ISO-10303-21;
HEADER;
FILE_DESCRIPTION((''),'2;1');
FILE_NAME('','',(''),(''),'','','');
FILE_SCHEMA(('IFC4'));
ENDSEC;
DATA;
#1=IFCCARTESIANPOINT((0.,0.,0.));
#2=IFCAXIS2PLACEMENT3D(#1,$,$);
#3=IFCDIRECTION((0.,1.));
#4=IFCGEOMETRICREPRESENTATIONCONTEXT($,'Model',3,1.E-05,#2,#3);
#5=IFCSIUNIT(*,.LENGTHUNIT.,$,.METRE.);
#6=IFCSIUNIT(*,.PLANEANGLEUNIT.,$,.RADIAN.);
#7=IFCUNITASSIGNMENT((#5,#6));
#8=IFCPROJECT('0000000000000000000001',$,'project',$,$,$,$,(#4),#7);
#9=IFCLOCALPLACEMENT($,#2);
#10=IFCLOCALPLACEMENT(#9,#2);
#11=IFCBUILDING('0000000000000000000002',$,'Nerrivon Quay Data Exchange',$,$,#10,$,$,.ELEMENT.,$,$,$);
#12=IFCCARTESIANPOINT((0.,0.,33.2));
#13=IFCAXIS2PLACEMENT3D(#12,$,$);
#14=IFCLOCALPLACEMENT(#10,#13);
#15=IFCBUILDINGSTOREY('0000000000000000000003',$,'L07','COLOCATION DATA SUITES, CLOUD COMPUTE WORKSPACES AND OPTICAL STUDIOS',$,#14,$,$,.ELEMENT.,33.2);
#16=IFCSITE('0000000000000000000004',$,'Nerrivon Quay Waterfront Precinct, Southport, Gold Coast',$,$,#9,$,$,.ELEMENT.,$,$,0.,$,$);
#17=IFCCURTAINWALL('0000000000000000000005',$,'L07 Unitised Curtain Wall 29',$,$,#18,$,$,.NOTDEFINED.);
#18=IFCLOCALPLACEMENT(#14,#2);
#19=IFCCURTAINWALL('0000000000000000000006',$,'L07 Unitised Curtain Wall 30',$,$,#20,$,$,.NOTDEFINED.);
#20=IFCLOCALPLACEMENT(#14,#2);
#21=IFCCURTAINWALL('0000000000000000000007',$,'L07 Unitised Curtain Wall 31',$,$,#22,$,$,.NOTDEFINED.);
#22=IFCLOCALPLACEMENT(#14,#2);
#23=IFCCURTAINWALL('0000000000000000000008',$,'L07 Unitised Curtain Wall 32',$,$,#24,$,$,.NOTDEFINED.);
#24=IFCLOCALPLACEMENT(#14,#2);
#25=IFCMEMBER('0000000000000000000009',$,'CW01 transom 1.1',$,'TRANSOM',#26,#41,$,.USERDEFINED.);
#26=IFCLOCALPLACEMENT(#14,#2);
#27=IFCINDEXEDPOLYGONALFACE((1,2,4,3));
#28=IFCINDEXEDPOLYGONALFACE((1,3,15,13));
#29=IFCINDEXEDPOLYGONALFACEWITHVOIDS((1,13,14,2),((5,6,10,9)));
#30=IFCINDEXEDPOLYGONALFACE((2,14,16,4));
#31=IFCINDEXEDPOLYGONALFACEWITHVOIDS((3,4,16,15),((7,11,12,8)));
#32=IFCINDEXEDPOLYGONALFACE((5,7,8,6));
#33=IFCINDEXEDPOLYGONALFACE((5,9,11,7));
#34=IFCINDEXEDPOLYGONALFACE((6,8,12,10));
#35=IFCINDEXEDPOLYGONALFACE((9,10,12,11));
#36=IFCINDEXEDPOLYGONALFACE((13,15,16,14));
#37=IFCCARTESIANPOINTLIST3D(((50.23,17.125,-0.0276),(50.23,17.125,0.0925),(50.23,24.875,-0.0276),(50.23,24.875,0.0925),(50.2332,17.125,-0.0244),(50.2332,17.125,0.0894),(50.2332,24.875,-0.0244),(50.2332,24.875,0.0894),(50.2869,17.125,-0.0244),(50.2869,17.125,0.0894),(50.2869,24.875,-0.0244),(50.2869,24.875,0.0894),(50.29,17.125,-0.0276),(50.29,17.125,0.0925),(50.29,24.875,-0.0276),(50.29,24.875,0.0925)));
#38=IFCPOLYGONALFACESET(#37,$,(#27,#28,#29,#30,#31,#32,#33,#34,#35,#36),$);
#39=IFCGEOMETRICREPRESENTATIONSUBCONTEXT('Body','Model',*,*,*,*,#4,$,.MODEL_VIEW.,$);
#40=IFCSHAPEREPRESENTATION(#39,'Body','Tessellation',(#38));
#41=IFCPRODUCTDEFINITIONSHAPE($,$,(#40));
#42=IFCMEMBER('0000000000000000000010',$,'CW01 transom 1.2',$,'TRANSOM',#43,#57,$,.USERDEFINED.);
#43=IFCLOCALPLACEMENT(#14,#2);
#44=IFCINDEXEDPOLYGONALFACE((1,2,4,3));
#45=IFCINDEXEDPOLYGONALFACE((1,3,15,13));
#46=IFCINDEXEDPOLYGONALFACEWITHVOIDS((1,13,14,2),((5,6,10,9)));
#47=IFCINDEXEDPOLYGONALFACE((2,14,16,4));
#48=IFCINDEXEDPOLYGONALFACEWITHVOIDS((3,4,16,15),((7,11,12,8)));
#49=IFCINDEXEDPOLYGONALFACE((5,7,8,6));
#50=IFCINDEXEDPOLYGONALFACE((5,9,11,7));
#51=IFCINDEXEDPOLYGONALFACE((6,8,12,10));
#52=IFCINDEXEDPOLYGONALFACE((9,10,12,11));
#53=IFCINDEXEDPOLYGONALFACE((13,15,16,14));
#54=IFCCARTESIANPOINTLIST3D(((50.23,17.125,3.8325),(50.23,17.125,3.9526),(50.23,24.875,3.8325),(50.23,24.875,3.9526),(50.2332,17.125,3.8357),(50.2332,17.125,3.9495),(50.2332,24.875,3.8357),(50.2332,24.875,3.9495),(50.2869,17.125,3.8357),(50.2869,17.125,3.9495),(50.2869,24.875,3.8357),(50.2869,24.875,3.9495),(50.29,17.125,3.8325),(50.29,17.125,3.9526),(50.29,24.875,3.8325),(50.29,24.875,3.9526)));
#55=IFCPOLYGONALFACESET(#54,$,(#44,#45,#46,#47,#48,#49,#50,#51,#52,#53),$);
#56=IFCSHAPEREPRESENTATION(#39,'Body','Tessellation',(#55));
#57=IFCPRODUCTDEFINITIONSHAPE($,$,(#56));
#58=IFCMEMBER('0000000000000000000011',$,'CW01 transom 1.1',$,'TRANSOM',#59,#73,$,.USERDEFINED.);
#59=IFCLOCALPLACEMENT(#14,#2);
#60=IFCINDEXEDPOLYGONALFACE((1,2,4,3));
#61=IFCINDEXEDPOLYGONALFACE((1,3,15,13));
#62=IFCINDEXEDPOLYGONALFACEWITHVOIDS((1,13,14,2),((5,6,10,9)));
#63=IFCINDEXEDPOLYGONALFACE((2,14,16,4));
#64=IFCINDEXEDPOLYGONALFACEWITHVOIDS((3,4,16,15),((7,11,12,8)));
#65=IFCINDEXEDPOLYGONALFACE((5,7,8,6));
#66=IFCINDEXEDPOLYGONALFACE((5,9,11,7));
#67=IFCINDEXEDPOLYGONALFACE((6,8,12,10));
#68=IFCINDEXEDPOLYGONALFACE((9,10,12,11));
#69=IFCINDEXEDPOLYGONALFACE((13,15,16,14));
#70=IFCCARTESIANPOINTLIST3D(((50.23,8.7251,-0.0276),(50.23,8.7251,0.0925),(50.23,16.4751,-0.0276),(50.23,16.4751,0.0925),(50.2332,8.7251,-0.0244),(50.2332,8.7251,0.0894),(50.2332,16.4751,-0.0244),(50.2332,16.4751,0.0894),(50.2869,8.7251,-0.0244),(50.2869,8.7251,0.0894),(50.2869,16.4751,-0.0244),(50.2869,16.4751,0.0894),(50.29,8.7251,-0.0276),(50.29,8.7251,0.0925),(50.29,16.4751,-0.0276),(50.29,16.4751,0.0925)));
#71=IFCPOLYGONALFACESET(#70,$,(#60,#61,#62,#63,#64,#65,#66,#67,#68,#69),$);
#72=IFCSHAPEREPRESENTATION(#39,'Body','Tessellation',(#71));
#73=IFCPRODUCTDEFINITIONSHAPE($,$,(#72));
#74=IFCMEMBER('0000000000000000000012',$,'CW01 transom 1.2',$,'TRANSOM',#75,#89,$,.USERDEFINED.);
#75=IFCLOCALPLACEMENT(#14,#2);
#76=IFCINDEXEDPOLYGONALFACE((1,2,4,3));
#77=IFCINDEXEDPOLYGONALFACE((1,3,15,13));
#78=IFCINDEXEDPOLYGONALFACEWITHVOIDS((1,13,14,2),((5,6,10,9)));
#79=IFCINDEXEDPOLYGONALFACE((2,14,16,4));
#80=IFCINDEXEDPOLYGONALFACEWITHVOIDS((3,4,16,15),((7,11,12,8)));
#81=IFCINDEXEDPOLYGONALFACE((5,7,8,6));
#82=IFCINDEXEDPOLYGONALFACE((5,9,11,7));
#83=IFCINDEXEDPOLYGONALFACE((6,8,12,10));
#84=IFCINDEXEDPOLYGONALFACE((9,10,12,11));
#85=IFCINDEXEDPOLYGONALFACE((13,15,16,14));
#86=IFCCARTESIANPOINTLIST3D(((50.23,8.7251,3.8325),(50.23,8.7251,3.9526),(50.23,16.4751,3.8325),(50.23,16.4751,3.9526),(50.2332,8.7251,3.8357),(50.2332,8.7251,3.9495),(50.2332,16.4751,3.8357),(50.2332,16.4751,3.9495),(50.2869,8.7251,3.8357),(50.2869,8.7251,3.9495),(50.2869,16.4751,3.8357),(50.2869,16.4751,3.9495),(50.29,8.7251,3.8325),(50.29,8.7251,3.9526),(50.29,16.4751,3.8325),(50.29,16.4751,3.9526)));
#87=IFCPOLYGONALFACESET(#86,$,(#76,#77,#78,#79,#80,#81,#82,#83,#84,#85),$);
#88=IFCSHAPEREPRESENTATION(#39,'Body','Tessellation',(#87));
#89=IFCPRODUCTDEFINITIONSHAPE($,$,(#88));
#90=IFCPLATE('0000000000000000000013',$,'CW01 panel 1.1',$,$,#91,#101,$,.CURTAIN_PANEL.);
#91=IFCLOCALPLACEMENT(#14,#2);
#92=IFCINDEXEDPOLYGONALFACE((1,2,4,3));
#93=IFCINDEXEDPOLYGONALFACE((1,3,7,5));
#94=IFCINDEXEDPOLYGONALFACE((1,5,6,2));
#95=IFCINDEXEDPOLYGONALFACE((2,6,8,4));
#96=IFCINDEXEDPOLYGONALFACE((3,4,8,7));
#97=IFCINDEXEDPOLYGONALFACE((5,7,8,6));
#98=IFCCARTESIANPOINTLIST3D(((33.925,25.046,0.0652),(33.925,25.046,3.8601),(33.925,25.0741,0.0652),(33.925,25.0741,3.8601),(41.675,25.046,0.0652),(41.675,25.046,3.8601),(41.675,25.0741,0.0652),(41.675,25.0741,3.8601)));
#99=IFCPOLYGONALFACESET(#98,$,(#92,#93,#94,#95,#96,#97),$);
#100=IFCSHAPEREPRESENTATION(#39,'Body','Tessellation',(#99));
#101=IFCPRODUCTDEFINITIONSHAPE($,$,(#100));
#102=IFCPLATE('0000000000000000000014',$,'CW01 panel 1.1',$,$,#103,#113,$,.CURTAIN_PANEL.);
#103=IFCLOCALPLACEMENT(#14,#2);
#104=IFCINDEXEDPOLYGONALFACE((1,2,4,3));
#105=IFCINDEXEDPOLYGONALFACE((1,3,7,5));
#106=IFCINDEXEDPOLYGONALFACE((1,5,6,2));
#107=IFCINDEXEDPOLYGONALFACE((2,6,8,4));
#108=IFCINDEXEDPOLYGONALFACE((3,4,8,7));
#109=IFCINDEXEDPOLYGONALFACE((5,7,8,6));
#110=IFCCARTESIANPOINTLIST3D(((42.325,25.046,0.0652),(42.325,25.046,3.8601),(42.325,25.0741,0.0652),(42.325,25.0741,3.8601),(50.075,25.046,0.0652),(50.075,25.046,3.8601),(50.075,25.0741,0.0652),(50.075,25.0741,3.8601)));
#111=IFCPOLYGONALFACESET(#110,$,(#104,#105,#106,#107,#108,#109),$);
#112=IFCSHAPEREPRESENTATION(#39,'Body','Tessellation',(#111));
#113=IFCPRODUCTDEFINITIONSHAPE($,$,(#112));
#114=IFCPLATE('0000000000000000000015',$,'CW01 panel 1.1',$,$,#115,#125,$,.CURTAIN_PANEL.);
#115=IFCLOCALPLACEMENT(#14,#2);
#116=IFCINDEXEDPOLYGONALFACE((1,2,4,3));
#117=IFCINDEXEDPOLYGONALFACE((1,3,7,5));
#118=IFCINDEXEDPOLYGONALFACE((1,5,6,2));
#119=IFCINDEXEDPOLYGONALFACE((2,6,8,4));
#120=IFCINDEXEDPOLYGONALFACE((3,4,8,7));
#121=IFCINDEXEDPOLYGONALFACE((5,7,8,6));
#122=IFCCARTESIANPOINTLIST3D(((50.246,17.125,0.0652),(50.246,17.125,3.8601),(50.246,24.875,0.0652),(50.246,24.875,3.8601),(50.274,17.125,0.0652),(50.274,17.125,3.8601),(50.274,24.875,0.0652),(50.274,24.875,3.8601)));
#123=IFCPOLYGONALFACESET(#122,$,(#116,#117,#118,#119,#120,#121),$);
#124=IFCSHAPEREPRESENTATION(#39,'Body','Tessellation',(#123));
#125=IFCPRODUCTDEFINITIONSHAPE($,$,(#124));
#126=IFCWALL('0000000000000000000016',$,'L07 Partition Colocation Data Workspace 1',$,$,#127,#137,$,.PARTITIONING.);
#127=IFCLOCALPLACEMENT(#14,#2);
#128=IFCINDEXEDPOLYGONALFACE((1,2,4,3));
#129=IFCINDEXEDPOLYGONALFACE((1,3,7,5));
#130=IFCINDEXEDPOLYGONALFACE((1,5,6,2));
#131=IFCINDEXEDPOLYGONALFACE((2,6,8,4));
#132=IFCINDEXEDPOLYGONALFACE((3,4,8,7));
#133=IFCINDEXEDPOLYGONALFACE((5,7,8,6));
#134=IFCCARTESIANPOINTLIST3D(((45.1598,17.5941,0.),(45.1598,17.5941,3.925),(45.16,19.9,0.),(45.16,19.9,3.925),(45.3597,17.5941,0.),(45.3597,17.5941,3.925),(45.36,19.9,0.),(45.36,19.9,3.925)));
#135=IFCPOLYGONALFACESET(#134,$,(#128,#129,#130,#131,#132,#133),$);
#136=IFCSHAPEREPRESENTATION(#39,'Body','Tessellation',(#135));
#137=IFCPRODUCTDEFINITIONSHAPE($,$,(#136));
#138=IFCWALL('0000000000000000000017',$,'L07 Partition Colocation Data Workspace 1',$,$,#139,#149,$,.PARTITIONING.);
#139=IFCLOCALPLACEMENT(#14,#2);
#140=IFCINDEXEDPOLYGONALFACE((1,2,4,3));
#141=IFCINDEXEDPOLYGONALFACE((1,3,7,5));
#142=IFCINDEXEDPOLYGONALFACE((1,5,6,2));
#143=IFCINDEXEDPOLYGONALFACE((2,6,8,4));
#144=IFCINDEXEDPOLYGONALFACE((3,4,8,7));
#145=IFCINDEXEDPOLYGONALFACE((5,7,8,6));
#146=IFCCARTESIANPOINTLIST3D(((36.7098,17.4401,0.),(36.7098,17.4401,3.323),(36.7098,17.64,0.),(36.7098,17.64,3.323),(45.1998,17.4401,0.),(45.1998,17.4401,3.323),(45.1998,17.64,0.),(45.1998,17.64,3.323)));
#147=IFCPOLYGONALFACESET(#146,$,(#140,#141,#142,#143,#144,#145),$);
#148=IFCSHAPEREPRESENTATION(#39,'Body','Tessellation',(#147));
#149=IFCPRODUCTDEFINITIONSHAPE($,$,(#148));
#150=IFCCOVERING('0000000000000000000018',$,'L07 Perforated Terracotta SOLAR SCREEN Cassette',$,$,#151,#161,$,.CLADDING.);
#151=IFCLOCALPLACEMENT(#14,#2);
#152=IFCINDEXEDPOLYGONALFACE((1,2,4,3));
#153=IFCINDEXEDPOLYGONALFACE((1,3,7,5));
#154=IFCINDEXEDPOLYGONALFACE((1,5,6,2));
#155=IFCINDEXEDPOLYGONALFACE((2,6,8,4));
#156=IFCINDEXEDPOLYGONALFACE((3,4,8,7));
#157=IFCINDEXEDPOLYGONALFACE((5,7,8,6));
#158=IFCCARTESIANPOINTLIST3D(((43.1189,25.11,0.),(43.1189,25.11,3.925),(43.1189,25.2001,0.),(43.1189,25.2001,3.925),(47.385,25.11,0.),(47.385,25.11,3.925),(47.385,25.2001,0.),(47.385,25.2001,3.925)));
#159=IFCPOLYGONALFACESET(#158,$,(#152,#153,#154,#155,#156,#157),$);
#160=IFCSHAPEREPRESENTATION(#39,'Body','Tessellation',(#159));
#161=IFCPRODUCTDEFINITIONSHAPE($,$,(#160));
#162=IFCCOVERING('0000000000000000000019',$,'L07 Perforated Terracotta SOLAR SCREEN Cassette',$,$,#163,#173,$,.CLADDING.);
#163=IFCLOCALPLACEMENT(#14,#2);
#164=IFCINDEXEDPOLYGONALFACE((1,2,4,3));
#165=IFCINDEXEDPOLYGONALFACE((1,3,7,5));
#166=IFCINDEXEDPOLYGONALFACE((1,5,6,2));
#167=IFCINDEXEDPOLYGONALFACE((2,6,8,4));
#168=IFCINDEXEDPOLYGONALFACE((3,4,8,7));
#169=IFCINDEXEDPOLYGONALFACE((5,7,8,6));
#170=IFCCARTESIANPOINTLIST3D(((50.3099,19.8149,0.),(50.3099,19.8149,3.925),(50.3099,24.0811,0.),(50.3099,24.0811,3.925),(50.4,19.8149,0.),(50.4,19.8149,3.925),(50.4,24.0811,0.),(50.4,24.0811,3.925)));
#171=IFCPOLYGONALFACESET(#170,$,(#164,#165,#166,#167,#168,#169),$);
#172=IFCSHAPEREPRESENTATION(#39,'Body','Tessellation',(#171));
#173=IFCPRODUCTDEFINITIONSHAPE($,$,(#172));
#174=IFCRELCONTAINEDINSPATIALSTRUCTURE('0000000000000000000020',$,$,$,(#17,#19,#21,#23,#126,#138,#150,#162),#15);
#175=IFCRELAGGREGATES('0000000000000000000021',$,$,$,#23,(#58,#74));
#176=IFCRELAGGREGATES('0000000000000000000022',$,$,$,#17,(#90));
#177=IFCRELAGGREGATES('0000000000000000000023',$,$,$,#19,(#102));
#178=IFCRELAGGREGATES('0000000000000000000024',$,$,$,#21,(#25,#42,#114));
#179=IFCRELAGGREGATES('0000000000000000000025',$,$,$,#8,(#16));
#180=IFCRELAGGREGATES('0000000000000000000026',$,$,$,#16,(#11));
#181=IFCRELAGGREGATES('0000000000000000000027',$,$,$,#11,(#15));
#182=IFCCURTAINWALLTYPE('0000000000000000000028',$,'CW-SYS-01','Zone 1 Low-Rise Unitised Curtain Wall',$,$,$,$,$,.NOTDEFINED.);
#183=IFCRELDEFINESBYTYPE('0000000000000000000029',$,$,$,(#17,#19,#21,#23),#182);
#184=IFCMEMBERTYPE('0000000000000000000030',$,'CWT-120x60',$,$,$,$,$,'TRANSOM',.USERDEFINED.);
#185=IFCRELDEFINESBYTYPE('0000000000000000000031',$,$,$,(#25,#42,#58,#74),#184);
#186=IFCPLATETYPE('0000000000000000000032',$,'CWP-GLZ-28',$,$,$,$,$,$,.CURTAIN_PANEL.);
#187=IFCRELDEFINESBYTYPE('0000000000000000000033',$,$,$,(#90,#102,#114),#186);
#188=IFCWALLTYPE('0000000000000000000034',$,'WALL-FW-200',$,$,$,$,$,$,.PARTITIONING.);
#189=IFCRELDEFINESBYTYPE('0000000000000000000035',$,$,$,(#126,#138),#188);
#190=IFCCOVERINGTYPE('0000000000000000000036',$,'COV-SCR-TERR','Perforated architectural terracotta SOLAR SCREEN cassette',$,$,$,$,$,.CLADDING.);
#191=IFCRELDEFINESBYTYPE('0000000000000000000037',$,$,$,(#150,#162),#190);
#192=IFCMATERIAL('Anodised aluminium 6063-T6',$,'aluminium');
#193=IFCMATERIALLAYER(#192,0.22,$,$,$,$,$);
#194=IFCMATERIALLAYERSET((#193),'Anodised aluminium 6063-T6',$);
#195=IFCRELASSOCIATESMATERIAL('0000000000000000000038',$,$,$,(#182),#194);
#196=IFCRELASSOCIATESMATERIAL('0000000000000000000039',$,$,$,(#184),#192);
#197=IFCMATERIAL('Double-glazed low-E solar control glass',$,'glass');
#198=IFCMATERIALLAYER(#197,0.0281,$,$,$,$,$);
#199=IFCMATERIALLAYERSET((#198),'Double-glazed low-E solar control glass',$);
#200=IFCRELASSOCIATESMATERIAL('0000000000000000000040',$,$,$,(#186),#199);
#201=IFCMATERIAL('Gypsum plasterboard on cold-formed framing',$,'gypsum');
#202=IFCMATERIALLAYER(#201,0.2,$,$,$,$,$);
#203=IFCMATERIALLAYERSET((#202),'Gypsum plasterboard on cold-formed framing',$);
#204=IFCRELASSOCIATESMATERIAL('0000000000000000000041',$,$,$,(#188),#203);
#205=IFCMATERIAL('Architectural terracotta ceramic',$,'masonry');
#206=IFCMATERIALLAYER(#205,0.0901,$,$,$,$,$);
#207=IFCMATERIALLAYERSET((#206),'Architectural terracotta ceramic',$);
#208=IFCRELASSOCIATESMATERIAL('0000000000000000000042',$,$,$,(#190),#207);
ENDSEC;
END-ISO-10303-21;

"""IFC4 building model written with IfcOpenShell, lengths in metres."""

from ifc_helpers import new_model, si_unit, direction, frame, frame_2d, origin, origin_2d, place, context, subcontext, project, spatial, rectangle, hollow_rectangle, extrude, material, layer, layer_set, material_profile, profile_set, type_object, element, aggregate, save


model = new_model("IFC4")

# Units and contexts
model_context = context("Model", 3, precision=1e-05, world=origin(), true_north=direction((0.0, 1.0)))
body_context = subcontext(model_context, "Body", "Model", "MODEL_VIEW")
ifc_project = project(units=[si_unit("LENGTHUNIT", "METRE"), si_unit("PLANEANGLEUNIT", "RADIAN")], contexts=[model_context])

# Site, building, storey
site_placement = place(None, origin())
site = spatial("IfcSite", under=ifc_project, at=site_placement, Name="Nerrivon Quay Waterfront Precinct, Southport, Gold Coast", CompositionType="ELEMENT", RefElevation=0.0)
building_placement = place(site_placement, origin())
building = spatial("IfcBuilding", under=site, at=building_placement, Name="Nerrivon Quay Data Exchange", CompositionType="ELEMENT")
storey_placement = place(building_placement, frame((0.0, 0.0, 33.2)))
storey = spatial("IfcBuildingStorey", under=building, at=storey_placement, Name="L07", Description="COLOCATION DATA SUITES, CLOUD COMPUTE WORKSPACES AND OPTICAL STUDIOS", CompositionType="ELEMENT", Elevation=33.2)

# Curtain wall
ifc_material_1 = material(Name="Anodised aluminium 6063-T6", Category="aluminium")
ifc_layer_1 = layer(ifc_material_1, 0.22)
ifc_layer_set_1 = layer_set([ifc_layer_1], Name="Anodised aluminium 6063-T6")
curtain_wall_type = type_object("IfcCurtainWallType", Name="CW-SYS-01", Description="Zone 1 Low-Rise Unitised Curtain Wall", PredefinedType="NOTDEFINED", material=ifc_layer_set_1)
curtain_wall_1_placement = place(storey_placement, origin())
curtain_wall_1 = element("IfcCurtainWall", 1, at=curtain_wall_1_placement, inside=storey, type_object=curtain_wall_type, Name="L07 Unitised Curtain Wall 29", PredefinedType="NOTDEFINED")

# Curtain walls
curtain_wall_2_placement = place(storey_placement, origin())
curtain_wall_2 = element("IfcCurtainWall", 2, at=curtain_wall_2_placement, inside=storey, type_object=curtain_wall_type, Name="L07 Unitised Curtain Wall 30", PredefinedType="NOTDEFINED")
curtain_wall_3_placement = place(storey_placement, origin())
curtain_wall_3 = element("IfcCurtainWall", 3, at=curtain_wall_3_placement, inside=storey, type_object=curtain_wall_type, Name="L07 Unitised Curtain Wall 31", PredefinedType="NOTDEFINED")

# Curtain wall
curtain_wall_4_placement = place(storey_placement, origin())
curtain_wall_4 = element("IfcCurtainWall", 4, at=curtain_wall_4_placement, inside=storey, type_object=curtain_wall_type, Name="L07 Unitised Curtain Wall 32", PredefinedType="NOTDEFINED")

# Members
ifc_material_profile_1 = material_profile(ifc_material_1, hollow_rectangle(XDim=0.0601, YDim=0.1201, WallThickness=0.0032, at=origin_2d()), Name="ALU-TRAN-120x60")
ifc_profile_set_1 = profile_set([ifc_material_profile_1], Name="Anodised aluminium 6063-T6")
member_type_1 = type_object("IfcMemberType", Name="CWT-120x60", ElementType="TRANSOM", PredefinedType="USERDEFINED", material=ifc_profile_set_1)
member_1_placement = place(storey_placement, frame((50.26, 24.875, 0.0325), z_axis=(0.0, -1.0, 0.0), x_axis=(1.0, 0.0, 0.0)))
member_1 = element("IfcMember", 5, at=member_1_placement, type_object=member_type_1, Name="CW01 transom 1.1", ObjectType="TRANSOM", PredefinedType="USERDEFINED", context=body_context, shape_type="SweptSolid", body=[
    extrude(hollow_rectangle(XDim=0.0601, YDim=0.1201, WallThickness=0.0032, at=origin_2d()), origin(), (0.0, 0.0, 1.0), 7.75),
])
member_2_placement = place(storey_placement, frame((50.26, 24.875, 3.8926), z_axis=(0.0, -1.0, 0.0), x_axis=(1.0, 0.0, 0.0)))
member_2 = element("IfcMember", 6, at=member_2_placement, type_object=member_type_1, Name="CW01 transom 1.2", ObjectType="TRANSOM", PredefinedType="USERDEFINED", context=body_context, shape_type="SweptSolid", body=[
    extrude(hollow_rectangle(XDim=0.0601, YDim=0.1201, WallThickness=0.0032, at=origin_2d()), origin(), (0.0, 0.0, 1.0), 7.75),
])
member_3_placement = place(storey_placement, frame((50.26, 16.4751, 0.0325), z_axis=(0.0, -1.0, 0.0), x_axis=(1.0, 0.0, 0.0)))
member_3 = element("IfcMember", 7, at=member_3_placement, type_object=member_type_1, Name="CW01 transom 1.1", ObjectType="TRANSOM", PredefinedType="USERDEFINED", context=body_context, shape_type="SweptSolid", body=[
    extrude(hollow_rectangle(XDim=0.0601, YDim=0.1201, WallThickness=0.0032, at=origin_2d()), origin(), (0.0, 0.0, 1.0), 7.75),
])
member_4_placement = place(storey_placement, frame((50.26, 16.4751, 3.8926), z_axis=(0.0, -1.0, 0.0), x_axis=(1.0, 0.0, 0.0)))
member_4 = element("IfcMember", 8, at=member_4_placement, type_object=member_type_1, Name="CW01 transom 1.2", ObjectType="TRANSOM", PredefinedType="USERDEFINED", context=body_context, shape_type="SweptSolid", body=[
    extrude(hollow_rectangle(XDim=0.0601, YDim=0.1201, WallThickness=0.0032, at=origin_2d()), origin(), (0.0, 0.0, 1.0), 7.75),
])
aggregate(curtain_wall_4, [member_3, member_4])

# Plates
ifc_material_2 = material(Name="Double-glazed low-E solar control glass", Category="glass")
ifc_layer_2 = layer(ifc_material_2, 0.0281)
ifc_layer_set_2 = layer_set([ifc_layer_2], Name="Double-glazed low-E solar control glass")
plate_type = type_object("IfcPlateType", Name="CWP-GLZ-28", PredefinedType="CURTAIN_PANEL", material=ifc_layer_set_2)
plate_1_placement = place(storey_placement, frame((37.8, 25.0601, 0.0652), z_axis=(0.0, 0.0, 1.0), x_axis=(1.0, 0.0, 0.0)))
plate_1 = element("IfcPlate", 9, at=plate_1_placement, type_object=plate_type, Name="CW01 panel 1.1", PredefinedType="CURTAIN_PANEL", context=body_context, shape_type="SweptSolid", body=[
    extrude(rectangle(XDim=7.75, YDim=0.0281, at=origin_2d()), origin(), (0.0, 0.0, 1.0), 3.7949),
])
aggregate(curtain_wall_1, [plate_1])
plate_2_placement = place(storey_placement, frame((46.2, 25.0601, 0.0652), z_axis=(0.0, 0.0, 1.0), x_axis=(1.0, 0.0, 0.0)))
plate_2 = element("IfcPlate", 10, at=plate_2_placement, type_object=plate_type, Name="CW01 panel 1.1", PredefinedType="CURTAIN_PANEL", context=body_context, shape_type="SweptSolid", body=[
    extrude(rectangle(XDim=7.75, YDim=0.0281, at=origin_2d()), origin(), (0.0, 0.0, 1.0), 3.7949),
])
aggregate(curtain_wall_2, [plate_2])
plate_3_placement = place(storey_placement, frame((50.26, 21.0, 0.0652), z_axis=(0.0, 0.0, 1.0), x_axis=(0.0, -1.0, 0.0)))
plate_3 = element("IfcPlate", 11, at=plate_3_placement, type_object=plate_type, Name="CW01 panel 1.1", PredefinedType="CURTAIN_PANEL", context=body_context, shape_type="SweptSolid", body=[
    extrude(rectangle(XDim=7.75, YDim=0.0281, at=origin_2d()), origin(), (0.0, 0.0, 1.0), 3.7949),
])
aggregate(curtain_wall_3, [member_1, member_2, plate_3])

# Walls
ifc_material_3 = material(Name="Gypsum plasterboard on cold-formed framing", Category="gypsum")
ifc_layer_3 = layer(ifc_material_3, 0.2)
ifc_layer_set_3 = layer_set([ifc_layer_3], Name="Gypsum plasterboard on cold-formed framing")
wall_type = type_object("IfcWallType", Name="WALL-FW-200", PredefinedType="PARTITIONING", material=ifc_layer_set_3)
wall_1_placement = place(storey_placement, frame((45.26, 19.8999, 0.0), z_axis=(0.0, 0.0, 1.0), x_axis=(-0.000106, -1.0, 0.0)))
element("IfcWall", 12, at=wall_1_placement, inside=storey, type_object=wall_type, Name="L07 Partition Colocation Data Workspace 1", PredefinedType="PARTITIONING", context=body_context, shape_type="SweptSolid", body=[
    extrude(rectangle(XDim=2.3059, YDim=0.2, at=frame_2d((1.1528, 0.0))), origin(), (0.0, 0.0, 1.0), 3.925),
])
wall_2_placement = place(storey_placement, frame((45.2, 17.54, 0.0), z_axis=(0.0, 0.0, 1.0), x_axis=(-1.0, 0.0, 0.0)))
element("IfcWall", 13, at=wall_2_placement, inside=storey, type_object=wall_type, Name="L07 Partition Colocation Data Workspace 1", PredefinedType="PARTITIONING", context=body_context, shape_type="SweptSolid", body=[
    extrude(rectangle(XDim=8.49, YDim=0.2, at=frame_2d((4.2451, 0.0))), origin(), (0.0, 0.0, 1.0), 3.323),
])

# Coverings
ifc_material_4 = material(Name="Architectural terracotta ceramic", Category="masonry")
ifc_layer_4 = layer(ifc_material_4, 0.0901)
ifc_layer_set_4 = layer_set([ifc_layer_4], Name="Architectural terracotta ceramic")
covering_type = type_object("IfcCoveringType", Name="COV-SCR-TERR", Description="Perforated architectural terracotta SOLAR SCREEN cassette", PredefinedType="CLADDING", material=ifc_layer_set_4)
for number, where, z_axis, x_axis, name in (
    (14, (45.252, 25.155, 0.0), (0.0, 0.0, 1.0), (1.0, 0.0, 0.0), "L07 Perforated Terracotta SOLAR SCREEN Cassette"),
    (15, (50.355, 21.948, 0.0), (0.0, 0.0, 1.0), (0.0, -1.0, 0.0), "L07 Perforated Terracotta SOLAR SCREEN Cassette"),
):
    element("IfcCovering", number, at=place(storey_placement, frame(where, z_axis=z_axis, x_axis=x_axis)), inside=storey, type_object=covering_type, Name=name, PredefinedType="CLADDING", context=body_context, shape_type="SweptSolid", body=[
        extrude(rectangle(XDim=4.2661, YDim=0.0901, at=origin_2d()), origin(), (0.0, 0.0, 1.0), 3.925),
    ])

save(model, "model.ifc")
